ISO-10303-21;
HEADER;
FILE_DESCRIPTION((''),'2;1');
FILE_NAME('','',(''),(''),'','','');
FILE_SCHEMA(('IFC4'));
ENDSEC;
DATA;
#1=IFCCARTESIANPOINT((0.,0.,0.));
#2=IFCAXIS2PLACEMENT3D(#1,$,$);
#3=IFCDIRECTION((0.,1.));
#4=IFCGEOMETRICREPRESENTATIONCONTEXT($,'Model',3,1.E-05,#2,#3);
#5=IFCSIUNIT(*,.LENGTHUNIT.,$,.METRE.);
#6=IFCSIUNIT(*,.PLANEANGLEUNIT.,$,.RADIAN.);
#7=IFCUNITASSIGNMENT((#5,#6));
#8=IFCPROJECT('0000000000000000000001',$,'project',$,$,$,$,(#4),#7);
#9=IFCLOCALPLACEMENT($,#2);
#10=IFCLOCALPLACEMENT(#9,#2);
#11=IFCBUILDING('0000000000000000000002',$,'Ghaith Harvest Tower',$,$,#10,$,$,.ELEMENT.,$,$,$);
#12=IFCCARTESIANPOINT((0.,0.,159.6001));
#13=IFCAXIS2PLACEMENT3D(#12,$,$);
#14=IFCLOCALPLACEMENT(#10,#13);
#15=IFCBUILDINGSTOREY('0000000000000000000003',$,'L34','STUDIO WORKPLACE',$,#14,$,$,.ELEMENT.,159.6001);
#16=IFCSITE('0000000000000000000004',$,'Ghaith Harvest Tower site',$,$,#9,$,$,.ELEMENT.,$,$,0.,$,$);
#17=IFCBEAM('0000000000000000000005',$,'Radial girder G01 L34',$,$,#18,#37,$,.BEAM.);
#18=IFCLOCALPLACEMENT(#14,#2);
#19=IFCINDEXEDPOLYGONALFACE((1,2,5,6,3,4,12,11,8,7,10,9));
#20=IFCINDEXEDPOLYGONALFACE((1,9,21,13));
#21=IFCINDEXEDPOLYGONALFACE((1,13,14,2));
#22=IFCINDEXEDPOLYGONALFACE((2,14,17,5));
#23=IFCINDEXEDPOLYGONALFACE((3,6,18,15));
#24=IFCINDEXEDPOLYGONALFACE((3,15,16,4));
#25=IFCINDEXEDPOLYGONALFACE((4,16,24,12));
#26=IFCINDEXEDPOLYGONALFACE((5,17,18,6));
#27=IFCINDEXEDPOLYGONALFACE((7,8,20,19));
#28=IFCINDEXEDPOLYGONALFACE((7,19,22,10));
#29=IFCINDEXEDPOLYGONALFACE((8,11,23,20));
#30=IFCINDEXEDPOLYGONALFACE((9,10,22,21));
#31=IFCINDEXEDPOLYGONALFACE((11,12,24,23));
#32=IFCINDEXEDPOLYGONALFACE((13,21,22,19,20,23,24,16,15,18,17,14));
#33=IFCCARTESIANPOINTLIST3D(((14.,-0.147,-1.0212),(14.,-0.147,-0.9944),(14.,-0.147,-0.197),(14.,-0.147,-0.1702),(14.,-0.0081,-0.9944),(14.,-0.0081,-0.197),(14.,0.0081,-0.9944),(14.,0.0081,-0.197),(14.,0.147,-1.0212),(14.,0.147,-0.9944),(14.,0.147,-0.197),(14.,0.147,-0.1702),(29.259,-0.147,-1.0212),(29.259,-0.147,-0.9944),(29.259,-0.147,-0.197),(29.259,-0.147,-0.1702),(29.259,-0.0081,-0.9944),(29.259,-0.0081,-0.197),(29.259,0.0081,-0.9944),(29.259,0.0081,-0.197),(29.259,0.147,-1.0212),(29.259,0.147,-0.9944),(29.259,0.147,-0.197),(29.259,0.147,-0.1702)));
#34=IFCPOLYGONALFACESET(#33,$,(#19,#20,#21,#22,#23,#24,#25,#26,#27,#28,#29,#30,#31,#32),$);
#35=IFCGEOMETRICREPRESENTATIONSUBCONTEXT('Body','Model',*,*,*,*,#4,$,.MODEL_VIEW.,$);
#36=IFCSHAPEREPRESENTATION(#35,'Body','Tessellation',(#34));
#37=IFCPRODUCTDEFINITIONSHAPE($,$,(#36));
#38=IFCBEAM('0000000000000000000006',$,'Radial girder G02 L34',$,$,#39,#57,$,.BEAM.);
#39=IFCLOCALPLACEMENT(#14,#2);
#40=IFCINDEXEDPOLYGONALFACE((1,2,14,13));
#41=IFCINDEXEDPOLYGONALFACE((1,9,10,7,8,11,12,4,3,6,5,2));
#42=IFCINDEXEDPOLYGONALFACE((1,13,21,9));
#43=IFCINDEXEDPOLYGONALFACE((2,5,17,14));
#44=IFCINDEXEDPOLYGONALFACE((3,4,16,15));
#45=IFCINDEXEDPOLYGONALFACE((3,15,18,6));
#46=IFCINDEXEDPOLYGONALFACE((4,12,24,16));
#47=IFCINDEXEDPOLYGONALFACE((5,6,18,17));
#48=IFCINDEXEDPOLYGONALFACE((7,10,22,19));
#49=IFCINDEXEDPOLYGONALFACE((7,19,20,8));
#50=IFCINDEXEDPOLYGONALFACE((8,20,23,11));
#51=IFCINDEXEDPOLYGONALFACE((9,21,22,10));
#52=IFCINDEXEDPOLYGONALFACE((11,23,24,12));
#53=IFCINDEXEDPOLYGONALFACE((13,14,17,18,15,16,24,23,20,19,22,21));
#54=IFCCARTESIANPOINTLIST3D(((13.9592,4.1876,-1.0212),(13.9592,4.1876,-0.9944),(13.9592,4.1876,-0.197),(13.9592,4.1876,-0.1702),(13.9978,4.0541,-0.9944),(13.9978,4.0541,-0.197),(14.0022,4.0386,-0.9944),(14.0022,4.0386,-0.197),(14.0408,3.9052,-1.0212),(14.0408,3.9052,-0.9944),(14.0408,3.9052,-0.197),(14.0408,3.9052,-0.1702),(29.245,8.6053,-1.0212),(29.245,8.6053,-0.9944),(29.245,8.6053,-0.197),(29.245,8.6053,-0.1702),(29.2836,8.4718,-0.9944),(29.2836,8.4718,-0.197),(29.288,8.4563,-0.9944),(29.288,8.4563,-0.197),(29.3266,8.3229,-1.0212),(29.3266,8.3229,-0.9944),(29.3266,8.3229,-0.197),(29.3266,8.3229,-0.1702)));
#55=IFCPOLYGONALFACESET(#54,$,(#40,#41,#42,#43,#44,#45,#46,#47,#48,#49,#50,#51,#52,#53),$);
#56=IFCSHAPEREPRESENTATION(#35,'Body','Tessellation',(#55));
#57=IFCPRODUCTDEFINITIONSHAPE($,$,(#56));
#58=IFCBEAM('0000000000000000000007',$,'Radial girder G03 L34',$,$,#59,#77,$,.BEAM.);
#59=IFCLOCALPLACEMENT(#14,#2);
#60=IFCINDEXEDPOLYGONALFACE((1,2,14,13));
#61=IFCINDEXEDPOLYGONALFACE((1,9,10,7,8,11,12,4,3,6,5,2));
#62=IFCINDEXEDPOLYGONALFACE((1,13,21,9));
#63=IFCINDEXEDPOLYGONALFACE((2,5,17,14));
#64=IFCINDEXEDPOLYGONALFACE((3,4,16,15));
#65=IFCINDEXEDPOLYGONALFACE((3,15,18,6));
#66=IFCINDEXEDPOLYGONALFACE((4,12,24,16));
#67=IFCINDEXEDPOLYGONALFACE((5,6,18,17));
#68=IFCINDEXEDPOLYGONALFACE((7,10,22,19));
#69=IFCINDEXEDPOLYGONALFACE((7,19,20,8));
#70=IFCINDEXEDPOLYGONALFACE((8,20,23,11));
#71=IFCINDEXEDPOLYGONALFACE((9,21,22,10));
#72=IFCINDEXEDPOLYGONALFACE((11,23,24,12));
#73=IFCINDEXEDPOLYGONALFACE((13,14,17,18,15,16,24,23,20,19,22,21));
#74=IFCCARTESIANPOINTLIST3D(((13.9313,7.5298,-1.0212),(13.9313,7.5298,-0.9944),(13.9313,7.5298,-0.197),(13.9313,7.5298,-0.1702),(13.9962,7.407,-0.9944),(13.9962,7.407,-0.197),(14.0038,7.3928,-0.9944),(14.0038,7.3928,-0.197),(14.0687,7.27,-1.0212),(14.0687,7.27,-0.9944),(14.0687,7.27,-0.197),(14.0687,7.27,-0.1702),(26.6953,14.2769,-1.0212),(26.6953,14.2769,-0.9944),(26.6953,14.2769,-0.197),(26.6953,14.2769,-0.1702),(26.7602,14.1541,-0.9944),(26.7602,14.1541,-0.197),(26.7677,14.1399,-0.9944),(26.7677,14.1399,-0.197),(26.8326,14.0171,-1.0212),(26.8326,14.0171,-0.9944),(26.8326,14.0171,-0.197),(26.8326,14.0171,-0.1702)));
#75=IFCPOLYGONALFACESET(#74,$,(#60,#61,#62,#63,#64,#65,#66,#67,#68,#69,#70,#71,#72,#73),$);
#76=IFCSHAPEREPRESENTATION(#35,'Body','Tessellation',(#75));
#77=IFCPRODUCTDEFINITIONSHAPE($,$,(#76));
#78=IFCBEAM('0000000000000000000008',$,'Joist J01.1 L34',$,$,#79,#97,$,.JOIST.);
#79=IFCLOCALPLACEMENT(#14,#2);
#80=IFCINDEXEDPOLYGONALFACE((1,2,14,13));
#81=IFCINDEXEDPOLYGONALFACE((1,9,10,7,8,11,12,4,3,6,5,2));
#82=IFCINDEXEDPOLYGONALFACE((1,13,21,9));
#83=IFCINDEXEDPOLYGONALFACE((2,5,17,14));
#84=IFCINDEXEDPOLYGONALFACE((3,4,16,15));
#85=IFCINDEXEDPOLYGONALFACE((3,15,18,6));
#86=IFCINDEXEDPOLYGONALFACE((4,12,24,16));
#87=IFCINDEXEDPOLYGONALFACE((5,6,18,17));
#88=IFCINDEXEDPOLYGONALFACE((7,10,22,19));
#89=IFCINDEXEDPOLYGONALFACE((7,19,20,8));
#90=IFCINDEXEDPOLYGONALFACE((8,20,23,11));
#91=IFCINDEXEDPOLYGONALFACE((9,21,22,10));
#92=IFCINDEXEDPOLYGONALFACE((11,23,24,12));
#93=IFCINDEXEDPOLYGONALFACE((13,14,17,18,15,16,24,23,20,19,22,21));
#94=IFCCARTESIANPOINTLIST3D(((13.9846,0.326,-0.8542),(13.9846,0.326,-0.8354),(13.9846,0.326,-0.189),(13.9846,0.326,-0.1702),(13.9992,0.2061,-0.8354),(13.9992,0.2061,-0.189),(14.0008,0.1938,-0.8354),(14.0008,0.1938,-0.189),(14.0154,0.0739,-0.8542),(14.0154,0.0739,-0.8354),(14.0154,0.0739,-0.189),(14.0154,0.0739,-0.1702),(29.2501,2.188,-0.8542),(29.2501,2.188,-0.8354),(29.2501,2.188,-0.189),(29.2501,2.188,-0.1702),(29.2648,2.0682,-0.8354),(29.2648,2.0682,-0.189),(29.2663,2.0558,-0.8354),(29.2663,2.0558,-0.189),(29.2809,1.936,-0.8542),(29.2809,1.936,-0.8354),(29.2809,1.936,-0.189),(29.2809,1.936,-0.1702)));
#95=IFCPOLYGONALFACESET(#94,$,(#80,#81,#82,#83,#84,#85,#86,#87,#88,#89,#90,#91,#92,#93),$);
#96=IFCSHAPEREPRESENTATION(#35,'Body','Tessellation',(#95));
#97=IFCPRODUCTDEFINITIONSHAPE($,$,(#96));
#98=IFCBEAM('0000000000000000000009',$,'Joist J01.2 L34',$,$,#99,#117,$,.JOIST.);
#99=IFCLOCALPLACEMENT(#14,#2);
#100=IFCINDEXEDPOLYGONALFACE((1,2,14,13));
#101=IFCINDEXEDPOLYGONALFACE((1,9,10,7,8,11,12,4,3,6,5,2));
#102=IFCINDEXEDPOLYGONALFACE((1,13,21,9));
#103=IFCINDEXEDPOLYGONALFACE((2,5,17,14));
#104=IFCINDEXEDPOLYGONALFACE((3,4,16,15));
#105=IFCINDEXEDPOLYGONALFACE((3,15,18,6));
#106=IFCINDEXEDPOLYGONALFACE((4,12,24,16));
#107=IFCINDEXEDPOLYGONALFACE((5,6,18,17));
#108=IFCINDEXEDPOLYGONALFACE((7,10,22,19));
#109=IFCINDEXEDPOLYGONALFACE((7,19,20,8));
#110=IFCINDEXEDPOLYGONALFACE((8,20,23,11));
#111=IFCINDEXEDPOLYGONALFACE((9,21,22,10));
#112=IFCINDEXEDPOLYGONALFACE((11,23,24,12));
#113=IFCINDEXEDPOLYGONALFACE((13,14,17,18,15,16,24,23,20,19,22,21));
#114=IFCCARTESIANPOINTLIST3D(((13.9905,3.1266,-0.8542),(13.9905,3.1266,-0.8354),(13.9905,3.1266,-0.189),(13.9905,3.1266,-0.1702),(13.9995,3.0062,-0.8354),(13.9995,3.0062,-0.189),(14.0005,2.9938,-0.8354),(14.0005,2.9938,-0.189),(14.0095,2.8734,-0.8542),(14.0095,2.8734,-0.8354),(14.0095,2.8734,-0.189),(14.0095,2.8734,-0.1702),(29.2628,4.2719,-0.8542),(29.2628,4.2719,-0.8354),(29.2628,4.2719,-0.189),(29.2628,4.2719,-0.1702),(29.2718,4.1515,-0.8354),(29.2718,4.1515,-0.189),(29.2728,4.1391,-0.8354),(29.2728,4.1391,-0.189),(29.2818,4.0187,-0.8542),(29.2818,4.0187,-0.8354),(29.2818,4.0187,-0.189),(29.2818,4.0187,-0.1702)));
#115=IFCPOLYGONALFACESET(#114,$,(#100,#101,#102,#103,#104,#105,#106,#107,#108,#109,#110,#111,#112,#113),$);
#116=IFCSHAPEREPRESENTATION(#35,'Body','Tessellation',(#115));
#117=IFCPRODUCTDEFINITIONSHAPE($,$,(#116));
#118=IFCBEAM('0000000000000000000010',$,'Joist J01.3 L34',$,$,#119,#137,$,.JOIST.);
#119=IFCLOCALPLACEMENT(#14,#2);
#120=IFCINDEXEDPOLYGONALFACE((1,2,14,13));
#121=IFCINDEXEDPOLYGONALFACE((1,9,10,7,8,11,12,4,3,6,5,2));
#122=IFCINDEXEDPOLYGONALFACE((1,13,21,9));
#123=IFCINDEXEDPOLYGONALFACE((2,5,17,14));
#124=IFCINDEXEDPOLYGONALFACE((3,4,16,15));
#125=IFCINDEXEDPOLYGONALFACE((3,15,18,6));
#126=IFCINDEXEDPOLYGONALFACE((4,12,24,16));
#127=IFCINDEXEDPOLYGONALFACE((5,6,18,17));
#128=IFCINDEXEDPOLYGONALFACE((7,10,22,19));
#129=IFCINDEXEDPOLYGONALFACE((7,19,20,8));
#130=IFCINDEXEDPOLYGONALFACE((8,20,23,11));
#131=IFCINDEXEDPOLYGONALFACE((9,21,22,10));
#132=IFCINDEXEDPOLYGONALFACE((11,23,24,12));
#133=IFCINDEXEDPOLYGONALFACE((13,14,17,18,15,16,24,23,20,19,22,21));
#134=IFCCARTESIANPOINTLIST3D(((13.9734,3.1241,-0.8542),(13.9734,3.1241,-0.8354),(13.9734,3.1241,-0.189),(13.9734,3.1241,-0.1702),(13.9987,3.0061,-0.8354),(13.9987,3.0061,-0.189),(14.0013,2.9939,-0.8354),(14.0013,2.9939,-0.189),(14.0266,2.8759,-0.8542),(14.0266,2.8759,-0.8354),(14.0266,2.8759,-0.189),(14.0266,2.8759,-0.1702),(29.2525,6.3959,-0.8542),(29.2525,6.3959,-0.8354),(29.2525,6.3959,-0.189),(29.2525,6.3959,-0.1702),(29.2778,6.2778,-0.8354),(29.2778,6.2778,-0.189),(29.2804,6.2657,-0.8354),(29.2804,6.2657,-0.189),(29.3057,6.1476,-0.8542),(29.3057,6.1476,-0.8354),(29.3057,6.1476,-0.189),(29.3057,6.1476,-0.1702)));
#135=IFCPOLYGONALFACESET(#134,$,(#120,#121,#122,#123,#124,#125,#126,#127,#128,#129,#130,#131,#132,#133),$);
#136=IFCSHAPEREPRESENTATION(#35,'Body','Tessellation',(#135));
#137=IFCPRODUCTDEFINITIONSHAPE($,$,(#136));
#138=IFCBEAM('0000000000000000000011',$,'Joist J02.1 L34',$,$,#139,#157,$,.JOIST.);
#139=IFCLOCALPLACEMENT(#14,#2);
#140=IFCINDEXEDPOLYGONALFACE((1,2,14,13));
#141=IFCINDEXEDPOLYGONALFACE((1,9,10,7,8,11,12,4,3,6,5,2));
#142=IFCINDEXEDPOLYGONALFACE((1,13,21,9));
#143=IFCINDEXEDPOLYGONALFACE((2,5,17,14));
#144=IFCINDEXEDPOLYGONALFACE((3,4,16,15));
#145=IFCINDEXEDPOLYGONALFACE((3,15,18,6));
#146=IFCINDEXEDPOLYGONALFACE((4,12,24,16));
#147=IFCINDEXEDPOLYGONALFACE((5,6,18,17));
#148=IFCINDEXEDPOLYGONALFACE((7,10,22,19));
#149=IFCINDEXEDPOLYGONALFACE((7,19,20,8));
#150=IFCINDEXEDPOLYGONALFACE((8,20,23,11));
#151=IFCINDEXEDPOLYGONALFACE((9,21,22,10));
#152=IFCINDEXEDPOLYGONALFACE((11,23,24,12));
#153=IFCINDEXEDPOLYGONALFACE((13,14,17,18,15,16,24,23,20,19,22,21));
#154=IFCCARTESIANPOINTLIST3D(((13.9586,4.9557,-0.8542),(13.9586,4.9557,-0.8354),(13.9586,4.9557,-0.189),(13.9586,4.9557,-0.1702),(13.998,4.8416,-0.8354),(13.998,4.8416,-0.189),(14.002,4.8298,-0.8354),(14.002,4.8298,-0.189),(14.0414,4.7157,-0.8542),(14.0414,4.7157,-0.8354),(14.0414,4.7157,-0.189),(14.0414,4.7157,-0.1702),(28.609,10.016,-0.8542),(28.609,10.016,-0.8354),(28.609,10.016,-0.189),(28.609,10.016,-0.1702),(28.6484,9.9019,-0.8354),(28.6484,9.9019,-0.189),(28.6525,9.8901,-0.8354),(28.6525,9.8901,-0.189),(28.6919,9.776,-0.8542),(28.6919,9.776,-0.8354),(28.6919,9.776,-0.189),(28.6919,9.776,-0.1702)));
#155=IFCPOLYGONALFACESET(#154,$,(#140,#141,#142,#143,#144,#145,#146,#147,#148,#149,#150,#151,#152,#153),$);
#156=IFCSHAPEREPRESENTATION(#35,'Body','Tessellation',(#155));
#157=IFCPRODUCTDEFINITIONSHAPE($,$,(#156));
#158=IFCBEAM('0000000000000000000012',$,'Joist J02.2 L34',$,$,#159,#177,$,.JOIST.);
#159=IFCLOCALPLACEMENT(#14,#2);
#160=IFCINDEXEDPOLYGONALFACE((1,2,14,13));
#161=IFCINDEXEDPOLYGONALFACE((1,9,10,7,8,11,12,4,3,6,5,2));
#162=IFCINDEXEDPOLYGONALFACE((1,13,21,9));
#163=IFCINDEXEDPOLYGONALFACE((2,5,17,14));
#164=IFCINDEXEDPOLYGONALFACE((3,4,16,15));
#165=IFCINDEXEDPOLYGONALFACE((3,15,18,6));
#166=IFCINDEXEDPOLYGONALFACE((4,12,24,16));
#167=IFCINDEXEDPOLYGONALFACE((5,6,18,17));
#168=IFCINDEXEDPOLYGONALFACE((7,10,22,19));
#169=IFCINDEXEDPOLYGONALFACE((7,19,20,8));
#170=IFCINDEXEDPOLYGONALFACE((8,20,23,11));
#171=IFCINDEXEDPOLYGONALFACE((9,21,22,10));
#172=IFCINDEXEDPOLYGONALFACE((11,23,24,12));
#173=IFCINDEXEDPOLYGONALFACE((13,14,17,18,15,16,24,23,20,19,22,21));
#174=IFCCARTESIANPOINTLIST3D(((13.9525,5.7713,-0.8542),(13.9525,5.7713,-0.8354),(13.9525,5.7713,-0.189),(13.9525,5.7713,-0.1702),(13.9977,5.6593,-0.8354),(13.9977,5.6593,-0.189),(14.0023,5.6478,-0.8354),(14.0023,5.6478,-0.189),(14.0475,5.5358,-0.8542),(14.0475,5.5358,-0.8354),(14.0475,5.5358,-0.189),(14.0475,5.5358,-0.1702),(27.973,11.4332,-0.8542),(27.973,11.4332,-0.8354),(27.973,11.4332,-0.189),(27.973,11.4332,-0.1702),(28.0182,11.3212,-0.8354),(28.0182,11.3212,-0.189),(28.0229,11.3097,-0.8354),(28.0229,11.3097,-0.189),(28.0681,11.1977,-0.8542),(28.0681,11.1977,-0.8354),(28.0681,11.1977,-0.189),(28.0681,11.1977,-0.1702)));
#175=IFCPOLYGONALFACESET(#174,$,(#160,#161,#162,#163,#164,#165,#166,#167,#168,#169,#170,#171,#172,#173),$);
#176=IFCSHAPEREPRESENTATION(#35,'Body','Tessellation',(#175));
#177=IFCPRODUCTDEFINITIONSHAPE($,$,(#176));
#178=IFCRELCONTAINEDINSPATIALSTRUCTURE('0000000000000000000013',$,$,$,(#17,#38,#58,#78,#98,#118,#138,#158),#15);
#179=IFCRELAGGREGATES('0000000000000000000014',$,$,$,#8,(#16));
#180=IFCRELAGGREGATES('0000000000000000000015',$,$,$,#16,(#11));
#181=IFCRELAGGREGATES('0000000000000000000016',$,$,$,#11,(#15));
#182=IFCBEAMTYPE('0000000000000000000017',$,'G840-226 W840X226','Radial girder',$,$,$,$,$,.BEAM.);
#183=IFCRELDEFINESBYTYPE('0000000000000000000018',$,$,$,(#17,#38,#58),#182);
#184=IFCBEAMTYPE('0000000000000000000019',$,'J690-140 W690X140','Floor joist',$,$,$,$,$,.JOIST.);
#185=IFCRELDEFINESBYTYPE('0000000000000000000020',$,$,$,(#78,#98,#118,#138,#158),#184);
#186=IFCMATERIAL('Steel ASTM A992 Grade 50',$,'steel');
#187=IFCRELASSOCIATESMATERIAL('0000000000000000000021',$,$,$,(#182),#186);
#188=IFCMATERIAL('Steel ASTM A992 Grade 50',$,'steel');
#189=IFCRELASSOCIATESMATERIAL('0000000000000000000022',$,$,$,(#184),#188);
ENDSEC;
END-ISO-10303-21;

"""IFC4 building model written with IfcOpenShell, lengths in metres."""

from ifc_helpers import new_model, si_unit, direction, frame, origin, origin_2d, place, context, subcontext, project, spatial, i_section, extrude, material, material_profile, profile_set, type_object, element, save


model = new_model("IFC4")

# Units and contexts
model_context = context("Model", 3, precision=1e-05, world=origin(), true_north=direction((0.0, 1.0)))
body_context = subcontext(model_context, "Body", "Model", "MODEL_VIEW")
ifc_project = project(units=[si_unit("LENGTHUNIT", "METRE"), si_unit("PLANEANGLEUNIT", "RADIAN")], contexts=[model_context])

# Site, building, storey
site_placement = place(None, origin())
site = spatial("IfcSite", under=ifc_project, at=site_placement, Name="Ghaith Harvest Tower site", CompositionType="ELEMENT", RefElevation=0.0)
building_placement = place(site_placement, origin())
building = spatial("IfcBuilding", under=site, at=building_placement, Name="Ghaith Harvest Tower", CompositionType="ELEMENT")
storey_placement = place(building_placement, frame((0.0, 0.0, 159.6001)))
storey = spatial("IfcBuildingStorey", under=building, at=storey_placement, Name="L34", Description="STUDIO WORKPLACE", CompositionType="ELEMENT", Elevation=159.6001)

# Beams
ifc_material_1 = material(Name="Steel ASTM A992 Grade 50", Category="steel")
ifc_material_profile_1 = material_profile(ifc_material_1, i_section(OverallWidth=0.2939, OverallDepth=0.8511, WebThickness=0.0161, FlangeThickness=0.0269, at=origin_2d()), Name="W840X226")
ifc_profile_set_1 = profile_set([ifc_material_profile_1], Name="Steel ASTM A992 Grade 50")
beam_type_1 = type_object("IfcBeamType", Name="G840-226 W840X226", Description="Radial girder", PredefinedType="BEAM", material=ifc_profile_set_1)
beam_1_placement = place(storey_placement, frame((14.0, 0.0, -0.5957), z_axis=(1.0, 0.0, 0.0), x_axis=(0.0, 1.0, 0.0)))
element("IfcBeam", 1, at=beam_1_placement, inside=storey, type_object=beam_type_1, Name="Radial girder G01 L34", PredefinedType="BEAM", context=body_context, shape_type="SweptSolid", body=[
    extrude(i_section(OverallWidth=0.2939, OverallDepth=0.8511, WebThickness=0.0161, FlangeThickness=0.0269, at=origin_2d()), origin(), (0.0, 0.0, 1.0), 15.259),
])
beam_2_placement = place(storey_placement, frame((14.0, 4.0464, -0.5957), z_axis=(0.960684, 0.277644, 0.0), x_axis=(-0.277644, 0.960684, 0.0)))
element("IfcBeam", 2, at=beam_2_placement, inside=storey, type_object=beam_type_1, Name="Radial girder G02 L34", PredefinedType="BEAM", context=body_context, shape_type="SweptSolid", body=[
    extrude(i_section(OverallWidth=0.2939, OverallDepth=0.8511, WebThickness=0.0161, FlangeThickness=0.0269, at=origin_2d()), origin(), (0.0, 0.0, 1.0), 15.9114),
])
beam_3_placement = place(storey_placement, frame((14.0, 7.3999, -0.5957), z_axis=(0.884083, 0.467331, 0.0), x_axis=(-0.467331, 0.884083, 0.0)))
element("IfcBeam", 3, at=beam_3_placement, inside=storey, type_object=beam_type_1, Name="Radial girder G03 L34", PredefinedType="BEAM", context=body_context, shape_type="SweptSolid", body=[
    extrude(i_section(OverallWidth=0.2939, OverallDepth=0.8511, WebThickness=0.0161, FlangeThickness=0.0269, at=origin_2d()), origin(), (0.0, 0.0, 1.0), 14.4375),
])
ifc_material_2 = material(Name="Steel ASTM A992 Grade 50", Category="steel")
ifc_material_profile_2 = material_profile(ifc_material_2, i_section(OverallWidth=0.2539, OverallDepth=0.6841, WebThickness=0.0125, FlangeThickness=0.0188, at=origin_2d()), Name="W690X140")
ifc_profile_set_2 = profile_set([ifc_material_profile_2], Name="Steel ASTM A992 Grade 50")
beam_type_2 = type_object("IfcBeamType", Name="J690-140 W690X140", Description="Floor joist", PredefinedType="JOIST", material=ifc_profile_set_2)
beam_4_placement = place(storey_placement, frame((14.0, 0.2, -0.5122), z_axis=(0.992643, 0.12108, 0.0), x_axis=(-0.12108, 0.992643, 0.0)))
element("IfcBeam", 4, at=beam_4_placement, inside=storey, type_object=beam_type_2, Name="Joist J01.1 L34", PredefinedType="JOIST", context=body_context, shape_type="SweptSolid", body=[
    extrude(i_section(OverallWidth=0.2539, OverallDepth=0.6841, WebThickness=0.0125, FlangeThickness=0.0188, at=origin_2d()), origin(), (0.0, 0.0, 1.0), 15.3787),
])
beam_5_placement = place(storey_placement, frame((14.0, 3.0, -0.5122), z_axis=(0.9972, 0.07478, 0.0), x_axis=(-0.07478, 0.9972, 0.0)))
element("IfcBeam", 5, at=beam_5_placement, inside=storey, type_object=beam_type_2, Name="Joist J01.2 L34", PredefinedType="JOIST", context=body_context, shape_type="SweptSolid", body=[
    extrude(i_section(OverallWidth=0.2539, OverallDepth=0.6841, WebThickness=0.0125, FlangeThickness=0.0188, at=origin_2d()), origin(), (0.0, 0.0, 1.0), 15.3152),
])
beam_6_placement = place(storey_placement, frame((14.0, 3.0, -0.5122), z_axis=(0.977833, 0.209385, 0.0), x_axis=(-0.209385, 0.977833, 0.0)))
element("IfcBeam", 6, at=beam_6_placement, inside=storey, type_object=beam_type_2, Name="Joist J01.3 L34", PredefinedType="JOIST", context=body_context, shape_type="SweptSolid", body=[
    extrude(i_section(OverallWidth=0.2539, OverallDepth=0.6841, WebThickness=0.0125, FlangeThickness=0.0188, at=origin_2d()), origin(), (0.0, 0.0, 1.0), 15.6255),
])
beam_7_placement = place(storey_placement, frame((14.0, 4.8357, -0.5122), z_axis=(0.945205, 0.326478, 0.0), x_axis=(-0.326478, 0.945205, 0.0)))
element("IfcBeam", 7, at=beam_7_placement, inside=storey, type_object=beam_type_2, Name="Joist J02.1 L34", PredefinedType="JOIST", context=body_context, shape_type="SweptSolid", body=[
    extrude(i_section(OverallWidth=0.2539, OverallDepth=0.6841, WebThickness=0.0125, FlangeThickness=0.0188, at=origin_2d()), origin(), (0.0, 0.0, 1.0), 15.4998),
])
beam_8_placement = place(storey_placement, frame((14.0, 5.6536, -0.5122), z_axis=(0.927248, 0.374448, 0.0), x_axis=(-0.374448, 0.927248, 0.0)))
element("IfcBeam", 8, at=beam_8_placement, inside=storey, type_object=beam_type_2, Name="Joist J02.2 L34", PredefinedType="JOIST", context=body_context, shape_type="SweptSolid", body=[
    extrude(i_section(OverallWidth=0.2539, OverallDepth=0.6841, WebThickness=0.0125, FlangeThickness=0.0188, at=origin_2d()), origin(), (0.0, 0.0, 1.0), 15.1206),
])

save(model, "model.ifc")
